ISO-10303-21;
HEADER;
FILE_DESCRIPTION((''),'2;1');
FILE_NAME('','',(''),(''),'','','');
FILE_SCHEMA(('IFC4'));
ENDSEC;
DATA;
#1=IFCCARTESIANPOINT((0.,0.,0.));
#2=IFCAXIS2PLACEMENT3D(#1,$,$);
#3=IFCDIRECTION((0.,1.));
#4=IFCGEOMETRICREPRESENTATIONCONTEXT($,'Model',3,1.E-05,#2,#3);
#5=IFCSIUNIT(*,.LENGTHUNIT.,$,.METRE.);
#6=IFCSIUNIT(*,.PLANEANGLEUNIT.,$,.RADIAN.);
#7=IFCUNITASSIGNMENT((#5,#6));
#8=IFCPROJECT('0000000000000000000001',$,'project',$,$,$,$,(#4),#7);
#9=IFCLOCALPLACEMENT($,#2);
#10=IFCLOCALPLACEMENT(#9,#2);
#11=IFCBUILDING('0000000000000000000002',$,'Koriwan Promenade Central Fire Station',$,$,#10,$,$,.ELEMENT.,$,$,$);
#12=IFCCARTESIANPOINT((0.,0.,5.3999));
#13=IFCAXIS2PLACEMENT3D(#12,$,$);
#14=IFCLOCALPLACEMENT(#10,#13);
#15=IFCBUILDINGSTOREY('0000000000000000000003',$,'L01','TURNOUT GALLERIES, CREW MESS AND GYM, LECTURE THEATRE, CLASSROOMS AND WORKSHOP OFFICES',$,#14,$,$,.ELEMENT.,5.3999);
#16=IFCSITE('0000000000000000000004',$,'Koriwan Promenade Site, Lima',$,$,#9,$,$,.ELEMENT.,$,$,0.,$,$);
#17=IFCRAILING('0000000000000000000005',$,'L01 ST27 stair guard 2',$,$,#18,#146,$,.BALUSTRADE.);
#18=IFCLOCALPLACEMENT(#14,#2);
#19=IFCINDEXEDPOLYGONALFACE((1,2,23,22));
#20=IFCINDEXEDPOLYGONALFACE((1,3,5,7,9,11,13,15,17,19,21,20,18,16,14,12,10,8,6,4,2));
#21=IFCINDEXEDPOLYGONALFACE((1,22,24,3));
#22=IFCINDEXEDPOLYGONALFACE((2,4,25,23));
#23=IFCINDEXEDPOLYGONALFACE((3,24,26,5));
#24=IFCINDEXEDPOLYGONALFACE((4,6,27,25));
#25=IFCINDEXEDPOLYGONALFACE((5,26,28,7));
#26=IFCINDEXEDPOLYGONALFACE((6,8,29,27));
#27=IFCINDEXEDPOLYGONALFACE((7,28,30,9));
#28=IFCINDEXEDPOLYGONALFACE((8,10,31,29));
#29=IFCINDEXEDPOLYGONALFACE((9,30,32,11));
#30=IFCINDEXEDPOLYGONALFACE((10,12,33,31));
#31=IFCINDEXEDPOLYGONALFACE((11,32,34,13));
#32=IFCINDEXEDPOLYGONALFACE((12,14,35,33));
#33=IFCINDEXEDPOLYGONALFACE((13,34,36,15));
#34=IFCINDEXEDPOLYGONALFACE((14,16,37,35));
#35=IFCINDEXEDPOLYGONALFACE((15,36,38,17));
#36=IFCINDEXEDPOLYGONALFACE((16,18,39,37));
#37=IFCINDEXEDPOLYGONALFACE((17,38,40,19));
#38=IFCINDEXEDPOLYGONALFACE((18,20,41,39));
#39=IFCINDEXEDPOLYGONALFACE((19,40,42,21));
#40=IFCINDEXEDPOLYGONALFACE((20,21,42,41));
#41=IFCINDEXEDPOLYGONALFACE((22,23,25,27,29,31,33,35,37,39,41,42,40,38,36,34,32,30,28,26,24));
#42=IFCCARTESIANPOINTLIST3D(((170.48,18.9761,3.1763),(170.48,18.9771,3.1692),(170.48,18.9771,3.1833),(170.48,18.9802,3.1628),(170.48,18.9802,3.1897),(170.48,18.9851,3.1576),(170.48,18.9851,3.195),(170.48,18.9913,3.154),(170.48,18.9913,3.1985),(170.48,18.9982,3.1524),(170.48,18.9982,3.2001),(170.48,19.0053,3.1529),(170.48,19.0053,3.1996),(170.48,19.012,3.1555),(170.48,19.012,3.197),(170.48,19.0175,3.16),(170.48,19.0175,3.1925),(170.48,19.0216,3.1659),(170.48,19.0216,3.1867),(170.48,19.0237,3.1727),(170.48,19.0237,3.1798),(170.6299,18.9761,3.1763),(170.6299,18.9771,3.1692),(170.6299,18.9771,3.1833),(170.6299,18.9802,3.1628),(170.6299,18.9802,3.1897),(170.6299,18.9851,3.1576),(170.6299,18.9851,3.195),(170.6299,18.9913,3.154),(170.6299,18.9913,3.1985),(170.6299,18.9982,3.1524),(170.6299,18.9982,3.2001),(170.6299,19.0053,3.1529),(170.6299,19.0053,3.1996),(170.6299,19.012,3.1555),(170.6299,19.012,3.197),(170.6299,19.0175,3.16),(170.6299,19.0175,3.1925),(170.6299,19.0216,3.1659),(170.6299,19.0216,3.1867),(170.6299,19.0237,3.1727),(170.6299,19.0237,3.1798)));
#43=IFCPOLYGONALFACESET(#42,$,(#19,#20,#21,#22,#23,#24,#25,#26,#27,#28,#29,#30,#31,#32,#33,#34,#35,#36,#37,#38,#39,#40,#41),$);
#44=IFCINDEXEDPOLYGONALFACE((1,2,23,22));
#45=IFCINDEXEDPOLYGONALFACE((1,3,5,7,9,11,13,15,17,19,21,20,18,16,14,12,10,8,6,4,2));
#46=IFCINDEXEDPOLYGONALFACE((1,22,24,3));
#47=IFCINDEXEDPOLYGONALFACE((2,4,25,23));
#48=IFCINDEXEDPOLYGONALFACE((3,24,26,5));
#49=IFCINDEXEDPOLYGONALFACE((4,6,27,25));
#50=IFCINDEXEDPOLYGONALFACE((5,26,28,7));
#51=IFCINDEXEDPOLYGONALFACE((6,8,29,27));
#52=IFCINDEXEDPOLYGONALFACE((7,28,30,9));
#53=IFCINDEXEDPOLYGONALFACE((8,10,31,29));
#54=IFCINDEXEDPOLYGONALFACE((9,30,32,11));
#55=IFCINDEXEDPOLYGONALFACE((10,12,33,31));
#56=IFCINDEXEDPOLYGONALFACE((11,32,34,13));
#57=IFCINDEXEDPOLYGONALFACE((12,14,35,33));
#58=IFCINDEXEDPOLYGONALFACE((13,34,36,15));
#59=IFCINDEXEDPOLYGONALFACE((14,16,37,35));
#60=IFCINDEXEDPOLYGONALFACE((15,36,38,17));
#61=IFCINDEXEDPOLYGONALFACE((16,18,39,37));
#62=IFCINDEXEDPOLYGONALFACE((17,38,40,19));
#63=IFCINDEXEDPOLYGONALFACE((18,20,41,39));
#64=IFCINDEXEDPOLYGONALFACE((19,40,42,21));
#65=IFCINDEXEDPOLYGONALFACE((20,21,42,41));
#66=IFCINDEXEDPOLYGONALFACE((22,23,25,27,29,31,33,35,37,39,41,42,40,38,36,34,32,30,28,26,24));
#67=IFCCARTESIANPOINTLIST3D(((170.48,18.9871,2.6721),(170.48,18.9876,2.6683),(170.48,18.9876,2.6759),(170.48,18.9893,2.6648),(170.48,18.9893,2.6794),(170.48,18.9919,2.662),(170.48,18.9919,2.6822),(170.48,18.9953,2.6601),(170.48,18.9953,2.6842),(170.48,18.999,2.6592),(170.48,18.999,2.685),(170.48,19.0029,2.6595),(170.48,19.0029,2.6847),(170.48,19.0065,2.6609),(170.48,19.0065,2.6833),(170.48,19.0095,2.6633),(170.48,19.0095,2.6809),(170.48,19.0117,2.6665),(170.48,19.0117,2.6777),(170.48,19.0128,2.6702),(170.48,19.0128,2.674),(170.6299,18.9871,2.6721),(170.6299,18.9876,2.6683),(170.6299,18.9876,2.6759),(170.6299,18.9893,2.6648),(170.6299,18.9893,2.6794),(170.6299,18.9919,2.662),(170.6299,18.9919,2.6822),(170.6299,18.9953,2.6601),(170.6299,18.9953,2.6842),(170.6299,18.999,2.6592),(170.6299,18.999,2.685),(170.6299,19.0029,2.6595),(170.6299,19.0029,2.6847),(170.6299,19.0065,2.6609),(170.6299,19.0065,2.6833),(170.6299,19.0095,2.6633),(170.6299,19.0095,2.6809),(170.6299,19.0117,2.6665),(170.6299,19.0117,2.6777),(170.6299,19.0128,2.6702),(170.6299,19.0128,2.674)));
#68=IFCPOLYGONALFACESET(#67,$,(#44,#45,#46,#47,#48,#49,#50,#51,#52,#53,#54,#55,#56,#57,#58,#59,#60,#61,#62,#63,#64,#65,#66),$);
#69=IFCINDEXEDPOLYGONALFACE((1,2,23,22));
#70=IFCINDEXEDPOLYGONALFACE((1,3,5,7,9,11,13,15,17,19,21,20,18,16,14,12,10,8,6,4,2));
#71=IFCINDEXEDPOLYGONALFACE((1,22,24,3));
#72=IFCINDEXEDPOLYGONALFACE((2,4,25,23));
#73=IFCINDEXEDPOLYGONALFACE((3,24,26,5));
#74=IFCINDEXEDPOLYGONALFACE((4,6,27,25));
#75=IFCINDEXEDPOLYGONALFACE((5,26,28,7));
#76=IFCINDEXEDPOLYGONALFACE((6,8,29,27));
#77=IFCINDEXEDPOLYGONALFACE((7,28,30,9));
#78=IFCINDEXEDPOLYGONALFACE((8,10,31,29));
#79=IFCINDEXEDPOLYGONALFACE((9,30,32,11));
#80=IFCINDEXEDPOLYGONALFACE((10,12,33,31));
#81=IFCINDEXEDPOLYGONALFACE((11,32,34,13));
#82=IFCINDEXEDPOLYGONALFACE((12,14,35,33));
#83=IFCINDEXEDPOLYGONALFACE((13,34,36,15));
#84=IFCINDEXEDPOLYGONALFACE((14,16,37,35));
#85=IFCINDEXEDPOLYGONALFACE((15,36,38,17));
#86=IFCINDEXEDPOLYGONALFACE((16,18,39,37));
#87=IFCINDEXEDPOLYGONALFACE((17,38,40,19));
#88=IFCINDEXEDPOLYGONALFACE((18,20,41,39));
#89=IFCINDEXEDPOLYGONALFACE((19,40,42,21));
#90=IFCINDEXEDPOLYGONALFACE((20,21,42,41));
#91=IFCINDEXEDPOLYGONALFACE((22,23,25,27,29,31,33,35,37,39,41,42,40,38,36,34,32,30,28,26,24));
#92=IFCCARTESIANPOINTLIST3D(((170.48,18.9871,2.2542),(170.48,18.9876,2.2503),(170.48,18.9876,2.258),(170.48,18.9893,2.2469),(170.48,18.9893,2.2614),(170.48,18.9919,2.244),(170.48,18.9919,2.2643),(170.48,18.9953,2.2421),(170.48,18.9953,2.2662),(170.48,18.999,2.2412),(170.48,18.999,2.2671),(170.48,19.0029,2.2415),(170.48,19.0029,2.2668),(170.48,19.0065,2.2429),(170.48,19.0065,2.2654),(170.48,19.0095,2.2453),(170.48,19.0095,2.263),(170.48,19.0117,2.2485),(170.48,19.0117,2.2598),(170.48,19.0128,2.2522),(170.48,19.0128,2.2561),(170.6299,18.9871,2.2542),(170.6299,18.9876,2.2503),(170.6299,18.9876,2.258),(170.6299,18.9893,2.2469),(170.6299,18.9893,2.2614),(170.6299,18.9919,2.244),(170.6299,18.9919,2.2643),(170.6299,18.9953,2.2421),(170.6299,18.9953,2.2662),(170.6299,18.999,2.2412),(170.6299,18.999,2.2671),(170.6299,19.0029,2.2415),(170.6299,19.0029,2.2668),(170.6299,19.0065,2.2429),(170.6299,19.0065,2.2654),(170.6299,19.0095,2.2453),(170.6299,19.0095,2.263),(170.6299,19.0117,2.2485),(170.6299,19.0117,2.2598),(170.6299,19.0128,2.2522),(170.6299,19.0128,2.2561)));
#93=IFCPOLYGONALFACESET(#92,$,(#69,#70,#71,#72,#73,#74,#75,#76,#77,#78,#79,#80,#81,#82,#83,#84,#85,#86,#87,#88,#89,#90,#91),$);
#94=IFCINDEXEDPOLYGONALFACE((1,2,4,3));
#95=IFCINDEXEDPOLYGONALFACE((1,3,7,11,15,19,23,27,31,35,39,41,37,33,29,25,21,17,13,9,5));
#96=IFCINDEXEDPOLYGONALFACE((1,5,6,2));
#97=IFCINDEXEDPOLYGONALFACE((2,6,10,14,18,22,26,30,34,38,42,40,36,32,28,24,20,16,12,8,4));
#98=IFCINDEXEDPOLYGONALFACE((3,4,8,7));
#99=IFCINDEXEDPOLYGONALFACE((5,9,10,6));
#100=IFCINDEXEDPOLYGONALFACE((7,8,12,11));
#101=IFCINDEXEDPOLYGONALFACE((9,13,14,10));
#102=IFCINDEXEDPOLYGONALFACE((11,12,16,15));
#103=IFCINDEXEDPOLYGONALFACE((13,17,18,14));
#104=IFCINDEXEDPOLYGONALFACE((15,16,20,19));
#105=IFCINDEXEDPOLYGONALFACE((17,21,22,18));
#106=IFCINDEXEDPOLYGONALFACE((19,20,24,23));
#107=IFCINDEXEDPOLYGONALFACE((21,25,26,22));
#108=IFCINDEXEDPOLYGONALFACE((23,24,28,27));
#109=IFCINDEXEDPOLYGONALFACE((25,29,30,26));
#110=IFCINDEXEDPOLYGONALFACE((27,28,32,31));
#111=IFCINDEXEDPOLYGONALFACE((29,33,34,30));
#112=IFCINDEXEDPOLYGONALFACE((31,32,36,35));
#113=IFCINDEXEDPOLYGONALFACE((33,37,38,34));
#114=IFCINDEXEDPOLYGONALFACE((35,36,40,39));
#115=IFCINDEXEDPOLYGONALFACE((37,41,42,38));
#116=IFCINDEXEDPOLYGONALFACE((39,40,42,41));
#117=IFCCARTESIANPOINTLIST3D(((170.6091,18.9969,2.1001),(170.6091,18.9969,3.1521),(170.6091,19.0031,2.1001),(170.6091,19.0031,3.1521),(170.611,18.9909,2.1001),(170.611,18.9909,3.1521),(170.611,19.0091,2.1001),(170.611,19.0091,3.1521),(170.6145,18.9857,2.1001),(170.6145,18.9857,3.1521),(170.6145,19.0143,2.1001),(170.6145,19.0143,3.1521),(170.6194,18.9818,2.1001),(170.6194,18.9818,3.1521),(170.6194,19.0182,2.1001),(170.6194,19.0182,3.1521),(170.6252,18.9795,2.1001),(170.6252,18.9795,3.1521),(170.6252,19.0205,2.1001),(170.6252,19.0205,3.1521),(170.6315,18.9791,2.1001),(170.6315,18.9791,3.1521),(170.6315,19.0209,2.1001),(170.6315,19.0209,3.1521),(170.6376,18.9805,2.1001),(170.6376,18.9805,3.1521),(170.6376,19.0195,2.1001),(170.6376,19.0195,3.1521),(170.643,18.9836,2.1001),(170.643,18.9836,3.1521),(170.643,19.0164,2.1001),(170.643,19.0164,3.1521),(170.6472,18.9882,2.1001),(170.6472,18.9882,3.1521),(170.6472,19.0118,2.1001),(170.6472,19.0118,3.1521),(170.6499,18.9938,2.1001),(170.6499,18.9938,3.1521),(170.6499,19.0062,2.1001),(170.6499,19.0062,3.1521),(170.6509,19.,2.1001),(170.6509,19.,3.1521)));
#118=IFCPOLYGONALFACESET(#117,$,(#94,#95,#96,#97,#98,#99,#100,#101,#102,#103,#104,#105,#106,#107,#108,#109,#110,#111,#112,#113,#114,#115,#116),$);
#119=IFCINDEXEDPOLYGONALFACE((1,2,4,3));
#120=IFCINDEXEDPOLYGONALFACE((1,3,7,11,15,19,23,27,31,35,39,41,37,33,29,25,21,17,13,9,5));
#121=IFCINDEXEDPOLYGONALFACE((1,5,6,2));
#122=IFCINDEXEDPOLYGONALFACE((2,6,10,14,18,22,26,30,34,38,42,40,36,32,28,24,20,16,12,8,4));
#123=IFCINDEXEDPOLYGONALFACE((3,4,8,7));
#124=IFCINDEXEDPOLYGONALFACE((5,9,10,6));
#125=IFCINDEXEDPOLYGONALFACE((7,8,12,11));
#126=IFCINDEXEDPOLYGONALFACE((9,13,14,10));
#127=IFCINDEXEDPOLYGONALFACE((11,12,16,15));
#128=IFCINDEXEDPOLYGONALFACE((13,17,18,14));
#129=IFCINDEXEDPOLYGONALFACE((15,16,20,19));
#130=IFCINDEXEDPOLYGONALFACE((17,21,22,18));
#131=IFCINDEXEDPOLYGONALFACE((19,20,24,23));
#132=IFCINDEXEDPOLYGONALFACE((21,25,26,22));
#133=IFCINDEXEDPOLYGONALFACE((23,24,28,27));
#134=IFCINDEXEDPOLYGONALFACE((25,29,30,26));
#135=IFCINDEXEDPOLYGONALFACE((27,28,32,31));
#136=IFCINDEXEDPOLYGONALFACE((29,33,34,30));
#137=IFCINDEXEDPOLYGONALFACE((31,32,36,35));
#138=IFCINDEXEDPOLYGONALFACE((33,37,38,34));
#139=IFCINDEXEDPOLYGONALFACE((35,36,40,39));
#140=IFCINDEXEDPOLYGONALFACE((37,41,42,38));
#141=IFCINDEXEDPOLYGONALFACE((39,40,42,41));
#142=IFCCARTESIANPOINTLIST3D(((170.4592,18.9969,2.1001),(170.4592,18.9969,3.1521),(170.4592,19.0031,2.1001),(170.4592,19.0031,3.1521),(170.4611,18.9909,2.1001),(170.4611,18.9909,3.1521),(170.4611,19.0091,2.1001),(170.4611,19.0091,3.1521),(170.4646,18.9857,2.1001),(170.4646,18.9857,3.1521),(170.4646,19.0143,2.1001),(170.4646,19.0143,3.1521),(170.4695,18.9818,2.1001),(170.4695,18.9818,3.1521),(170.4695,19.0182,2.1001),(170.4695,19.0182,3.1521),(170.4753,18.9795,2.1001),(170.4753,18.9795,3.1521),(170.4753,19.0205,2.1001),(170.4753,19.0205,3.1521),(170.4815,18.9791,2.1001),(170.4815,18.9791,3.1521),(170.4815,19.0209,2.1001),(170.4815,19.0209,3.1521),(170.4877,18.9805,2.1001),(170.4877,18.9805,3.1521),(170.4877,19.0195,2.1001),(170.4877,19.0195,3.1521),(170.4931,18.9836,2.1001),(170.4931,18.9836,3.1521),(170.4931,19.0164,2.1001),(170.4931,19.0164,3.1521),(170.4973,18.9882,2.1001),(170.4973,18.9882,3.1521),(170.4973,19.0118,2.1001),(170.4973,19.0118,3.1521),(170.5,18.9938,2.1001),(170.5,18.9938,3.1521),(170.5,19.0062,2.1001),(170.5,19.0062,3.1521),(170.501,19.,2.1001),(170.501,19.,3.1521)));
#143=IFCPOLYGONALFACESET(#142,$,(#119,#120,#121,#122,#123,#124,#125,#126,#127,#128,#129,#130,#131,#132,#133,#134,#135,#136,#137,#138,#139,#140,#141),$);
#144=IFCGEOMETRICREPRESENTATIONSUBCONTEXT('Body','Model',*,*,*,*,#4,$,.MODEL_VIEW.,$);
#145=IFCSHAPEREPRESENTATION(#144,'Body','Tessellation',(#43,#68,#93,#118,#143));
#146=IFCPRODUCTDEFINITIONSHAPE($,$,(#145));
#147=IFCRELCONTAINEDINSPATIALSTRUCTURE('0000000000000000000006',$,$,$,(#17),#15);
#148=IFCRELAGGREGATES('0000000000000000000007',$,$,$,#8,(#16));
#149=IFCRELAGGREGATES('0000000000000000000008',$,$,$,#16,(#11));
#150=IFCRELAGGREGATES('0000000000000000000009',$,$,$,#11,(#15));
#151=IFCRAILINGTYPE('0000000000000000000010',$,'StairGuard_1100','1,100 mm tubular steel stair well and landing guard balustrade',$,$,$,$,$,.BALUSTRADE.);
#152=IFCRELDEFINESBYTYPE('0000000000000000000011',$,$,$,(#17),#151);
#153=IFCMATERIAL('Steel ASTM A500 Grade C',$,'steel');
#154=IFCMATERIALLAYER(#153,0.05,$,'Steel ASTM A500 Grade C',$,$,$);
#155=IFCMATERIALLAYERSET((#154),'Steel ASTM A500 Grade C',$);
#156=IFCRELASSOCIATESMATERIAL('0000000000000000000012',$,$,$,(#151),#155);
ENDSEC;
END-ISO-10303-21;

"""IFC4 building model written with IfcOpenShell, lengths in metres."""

from ifc_helpers import new_model, si_unit, direction, frame, origin, origin_2d, place, context, subcontext, project, spatial, circle, extrude, material, layer, layer_set, type_object, element, save


model = new_model("IFC4")

# Units and contexts
model_context = context("Model", 3, precision=1e-05, world=origin(), true_north=direction((0.0, 1.0)))
body_context = subcontext(model_context, "Body", "Model", "MODEL_VIEW")
ifc_project = project(units=[si_unit("LENGTHUNIT", "METRE"), si_unit("PLANEANGLEUNIT", "RADIAN")], contexts=[model_context])

# Site, building, storey
site_placement = place(None, origin())
site = spatial("IfcSite", under=ifc_project, at=site_placement, Name="Koriwan Promenade Site, Lima", CompositionType="ELEMENT", RefElevation=0.0)
building_placement = place(site_placement, origin())
building = spatial("IfcBuilding", under=site, at=building_placement, Name="Koriwan Promenade Central Fire Station", CompositionType="ELEMENT")
storey_placement = place(building_placement, frame((0.0, 0.0, 5.3999)))
storey = spatial("IfcBuildingStorey", under=building, at=storey_placement, Name="L01", Description="TURNOUT GALLERIES, CREW MESS AND GYM, LECTURE THEATRE, CLASSROOMS AND WORKSHOP OFFICES", CompositionType="ELEMENT", Elevation=5.3999)

# Railing
ifc_material_1 = material(Name="Steel ASTM A500 Grade C", Category="steel")
ifc_layer_1 = layer(ifc_material_1, 0.05, Name="Steel ASTM A500 Grade C")
ifc_layer_set_1 = layer_set([ifc_layer_1], Name="Steel ASTM A500 Grade C")
railing_type_1 = type_object("IfcRailingType", Name="StairGuard_1100", Description="1,100 mm tubular steel stair well and landing guard balustrade", PredefinedType="BALUSTRADE", material=ifc_layer_set_1)
railing_1_placement = place(storey_placement, frame((170.6299, 19.0, 2.1001)))
element("IfcRailing", 1, at=railing_1_placement, inside=storey, type_object=railing_type_1, Name="L01 ST27 stair guard 2", PredefinedType="BALUSTRADE", context=body_context, shape_type="SweptSolid", body=[
    extrude(circle(Radius=0.0239, at=origin_2d()), frame((0.0, 0.0, 1.0762), z_axis=(-1.0, 0.0, 0.0), x_axis=(0.0, -1.0, 0.0)), (0.0, 0.0, 1.0), 0.1499),
    extrude(circle(Radius=0.0129, at=origin_2d()), frame((0.0, 0.0, 0.572), z_axis=(-1.0, 0.0, 0.0), x_axis=(0.0, -1.0, 0.0)), (0.0, 0.0, 1.0), 0.1499),
    extrude(circle(Radius=0.0129, at=origin_2d()), frame((0.0, 0.0, 0.1541), z_axis=(-1.0, 0.0, 0.0), x_axis=(0.0, -1.0, 0.0)), (0.0, 0.0, 1.0), 0.1499),
    extrude(circle(Radius=0.021, at=origin_2d()), origin(), (0.0, 0.0, 1.0), 1.052),
    extrude(circle(Radius=0.021, at=origin_2d()), frame((-0.1499, 0.0, 0.0)), (0.0, 0.0, 1.0), 1.052),
])

save(model, "model.ifc")
